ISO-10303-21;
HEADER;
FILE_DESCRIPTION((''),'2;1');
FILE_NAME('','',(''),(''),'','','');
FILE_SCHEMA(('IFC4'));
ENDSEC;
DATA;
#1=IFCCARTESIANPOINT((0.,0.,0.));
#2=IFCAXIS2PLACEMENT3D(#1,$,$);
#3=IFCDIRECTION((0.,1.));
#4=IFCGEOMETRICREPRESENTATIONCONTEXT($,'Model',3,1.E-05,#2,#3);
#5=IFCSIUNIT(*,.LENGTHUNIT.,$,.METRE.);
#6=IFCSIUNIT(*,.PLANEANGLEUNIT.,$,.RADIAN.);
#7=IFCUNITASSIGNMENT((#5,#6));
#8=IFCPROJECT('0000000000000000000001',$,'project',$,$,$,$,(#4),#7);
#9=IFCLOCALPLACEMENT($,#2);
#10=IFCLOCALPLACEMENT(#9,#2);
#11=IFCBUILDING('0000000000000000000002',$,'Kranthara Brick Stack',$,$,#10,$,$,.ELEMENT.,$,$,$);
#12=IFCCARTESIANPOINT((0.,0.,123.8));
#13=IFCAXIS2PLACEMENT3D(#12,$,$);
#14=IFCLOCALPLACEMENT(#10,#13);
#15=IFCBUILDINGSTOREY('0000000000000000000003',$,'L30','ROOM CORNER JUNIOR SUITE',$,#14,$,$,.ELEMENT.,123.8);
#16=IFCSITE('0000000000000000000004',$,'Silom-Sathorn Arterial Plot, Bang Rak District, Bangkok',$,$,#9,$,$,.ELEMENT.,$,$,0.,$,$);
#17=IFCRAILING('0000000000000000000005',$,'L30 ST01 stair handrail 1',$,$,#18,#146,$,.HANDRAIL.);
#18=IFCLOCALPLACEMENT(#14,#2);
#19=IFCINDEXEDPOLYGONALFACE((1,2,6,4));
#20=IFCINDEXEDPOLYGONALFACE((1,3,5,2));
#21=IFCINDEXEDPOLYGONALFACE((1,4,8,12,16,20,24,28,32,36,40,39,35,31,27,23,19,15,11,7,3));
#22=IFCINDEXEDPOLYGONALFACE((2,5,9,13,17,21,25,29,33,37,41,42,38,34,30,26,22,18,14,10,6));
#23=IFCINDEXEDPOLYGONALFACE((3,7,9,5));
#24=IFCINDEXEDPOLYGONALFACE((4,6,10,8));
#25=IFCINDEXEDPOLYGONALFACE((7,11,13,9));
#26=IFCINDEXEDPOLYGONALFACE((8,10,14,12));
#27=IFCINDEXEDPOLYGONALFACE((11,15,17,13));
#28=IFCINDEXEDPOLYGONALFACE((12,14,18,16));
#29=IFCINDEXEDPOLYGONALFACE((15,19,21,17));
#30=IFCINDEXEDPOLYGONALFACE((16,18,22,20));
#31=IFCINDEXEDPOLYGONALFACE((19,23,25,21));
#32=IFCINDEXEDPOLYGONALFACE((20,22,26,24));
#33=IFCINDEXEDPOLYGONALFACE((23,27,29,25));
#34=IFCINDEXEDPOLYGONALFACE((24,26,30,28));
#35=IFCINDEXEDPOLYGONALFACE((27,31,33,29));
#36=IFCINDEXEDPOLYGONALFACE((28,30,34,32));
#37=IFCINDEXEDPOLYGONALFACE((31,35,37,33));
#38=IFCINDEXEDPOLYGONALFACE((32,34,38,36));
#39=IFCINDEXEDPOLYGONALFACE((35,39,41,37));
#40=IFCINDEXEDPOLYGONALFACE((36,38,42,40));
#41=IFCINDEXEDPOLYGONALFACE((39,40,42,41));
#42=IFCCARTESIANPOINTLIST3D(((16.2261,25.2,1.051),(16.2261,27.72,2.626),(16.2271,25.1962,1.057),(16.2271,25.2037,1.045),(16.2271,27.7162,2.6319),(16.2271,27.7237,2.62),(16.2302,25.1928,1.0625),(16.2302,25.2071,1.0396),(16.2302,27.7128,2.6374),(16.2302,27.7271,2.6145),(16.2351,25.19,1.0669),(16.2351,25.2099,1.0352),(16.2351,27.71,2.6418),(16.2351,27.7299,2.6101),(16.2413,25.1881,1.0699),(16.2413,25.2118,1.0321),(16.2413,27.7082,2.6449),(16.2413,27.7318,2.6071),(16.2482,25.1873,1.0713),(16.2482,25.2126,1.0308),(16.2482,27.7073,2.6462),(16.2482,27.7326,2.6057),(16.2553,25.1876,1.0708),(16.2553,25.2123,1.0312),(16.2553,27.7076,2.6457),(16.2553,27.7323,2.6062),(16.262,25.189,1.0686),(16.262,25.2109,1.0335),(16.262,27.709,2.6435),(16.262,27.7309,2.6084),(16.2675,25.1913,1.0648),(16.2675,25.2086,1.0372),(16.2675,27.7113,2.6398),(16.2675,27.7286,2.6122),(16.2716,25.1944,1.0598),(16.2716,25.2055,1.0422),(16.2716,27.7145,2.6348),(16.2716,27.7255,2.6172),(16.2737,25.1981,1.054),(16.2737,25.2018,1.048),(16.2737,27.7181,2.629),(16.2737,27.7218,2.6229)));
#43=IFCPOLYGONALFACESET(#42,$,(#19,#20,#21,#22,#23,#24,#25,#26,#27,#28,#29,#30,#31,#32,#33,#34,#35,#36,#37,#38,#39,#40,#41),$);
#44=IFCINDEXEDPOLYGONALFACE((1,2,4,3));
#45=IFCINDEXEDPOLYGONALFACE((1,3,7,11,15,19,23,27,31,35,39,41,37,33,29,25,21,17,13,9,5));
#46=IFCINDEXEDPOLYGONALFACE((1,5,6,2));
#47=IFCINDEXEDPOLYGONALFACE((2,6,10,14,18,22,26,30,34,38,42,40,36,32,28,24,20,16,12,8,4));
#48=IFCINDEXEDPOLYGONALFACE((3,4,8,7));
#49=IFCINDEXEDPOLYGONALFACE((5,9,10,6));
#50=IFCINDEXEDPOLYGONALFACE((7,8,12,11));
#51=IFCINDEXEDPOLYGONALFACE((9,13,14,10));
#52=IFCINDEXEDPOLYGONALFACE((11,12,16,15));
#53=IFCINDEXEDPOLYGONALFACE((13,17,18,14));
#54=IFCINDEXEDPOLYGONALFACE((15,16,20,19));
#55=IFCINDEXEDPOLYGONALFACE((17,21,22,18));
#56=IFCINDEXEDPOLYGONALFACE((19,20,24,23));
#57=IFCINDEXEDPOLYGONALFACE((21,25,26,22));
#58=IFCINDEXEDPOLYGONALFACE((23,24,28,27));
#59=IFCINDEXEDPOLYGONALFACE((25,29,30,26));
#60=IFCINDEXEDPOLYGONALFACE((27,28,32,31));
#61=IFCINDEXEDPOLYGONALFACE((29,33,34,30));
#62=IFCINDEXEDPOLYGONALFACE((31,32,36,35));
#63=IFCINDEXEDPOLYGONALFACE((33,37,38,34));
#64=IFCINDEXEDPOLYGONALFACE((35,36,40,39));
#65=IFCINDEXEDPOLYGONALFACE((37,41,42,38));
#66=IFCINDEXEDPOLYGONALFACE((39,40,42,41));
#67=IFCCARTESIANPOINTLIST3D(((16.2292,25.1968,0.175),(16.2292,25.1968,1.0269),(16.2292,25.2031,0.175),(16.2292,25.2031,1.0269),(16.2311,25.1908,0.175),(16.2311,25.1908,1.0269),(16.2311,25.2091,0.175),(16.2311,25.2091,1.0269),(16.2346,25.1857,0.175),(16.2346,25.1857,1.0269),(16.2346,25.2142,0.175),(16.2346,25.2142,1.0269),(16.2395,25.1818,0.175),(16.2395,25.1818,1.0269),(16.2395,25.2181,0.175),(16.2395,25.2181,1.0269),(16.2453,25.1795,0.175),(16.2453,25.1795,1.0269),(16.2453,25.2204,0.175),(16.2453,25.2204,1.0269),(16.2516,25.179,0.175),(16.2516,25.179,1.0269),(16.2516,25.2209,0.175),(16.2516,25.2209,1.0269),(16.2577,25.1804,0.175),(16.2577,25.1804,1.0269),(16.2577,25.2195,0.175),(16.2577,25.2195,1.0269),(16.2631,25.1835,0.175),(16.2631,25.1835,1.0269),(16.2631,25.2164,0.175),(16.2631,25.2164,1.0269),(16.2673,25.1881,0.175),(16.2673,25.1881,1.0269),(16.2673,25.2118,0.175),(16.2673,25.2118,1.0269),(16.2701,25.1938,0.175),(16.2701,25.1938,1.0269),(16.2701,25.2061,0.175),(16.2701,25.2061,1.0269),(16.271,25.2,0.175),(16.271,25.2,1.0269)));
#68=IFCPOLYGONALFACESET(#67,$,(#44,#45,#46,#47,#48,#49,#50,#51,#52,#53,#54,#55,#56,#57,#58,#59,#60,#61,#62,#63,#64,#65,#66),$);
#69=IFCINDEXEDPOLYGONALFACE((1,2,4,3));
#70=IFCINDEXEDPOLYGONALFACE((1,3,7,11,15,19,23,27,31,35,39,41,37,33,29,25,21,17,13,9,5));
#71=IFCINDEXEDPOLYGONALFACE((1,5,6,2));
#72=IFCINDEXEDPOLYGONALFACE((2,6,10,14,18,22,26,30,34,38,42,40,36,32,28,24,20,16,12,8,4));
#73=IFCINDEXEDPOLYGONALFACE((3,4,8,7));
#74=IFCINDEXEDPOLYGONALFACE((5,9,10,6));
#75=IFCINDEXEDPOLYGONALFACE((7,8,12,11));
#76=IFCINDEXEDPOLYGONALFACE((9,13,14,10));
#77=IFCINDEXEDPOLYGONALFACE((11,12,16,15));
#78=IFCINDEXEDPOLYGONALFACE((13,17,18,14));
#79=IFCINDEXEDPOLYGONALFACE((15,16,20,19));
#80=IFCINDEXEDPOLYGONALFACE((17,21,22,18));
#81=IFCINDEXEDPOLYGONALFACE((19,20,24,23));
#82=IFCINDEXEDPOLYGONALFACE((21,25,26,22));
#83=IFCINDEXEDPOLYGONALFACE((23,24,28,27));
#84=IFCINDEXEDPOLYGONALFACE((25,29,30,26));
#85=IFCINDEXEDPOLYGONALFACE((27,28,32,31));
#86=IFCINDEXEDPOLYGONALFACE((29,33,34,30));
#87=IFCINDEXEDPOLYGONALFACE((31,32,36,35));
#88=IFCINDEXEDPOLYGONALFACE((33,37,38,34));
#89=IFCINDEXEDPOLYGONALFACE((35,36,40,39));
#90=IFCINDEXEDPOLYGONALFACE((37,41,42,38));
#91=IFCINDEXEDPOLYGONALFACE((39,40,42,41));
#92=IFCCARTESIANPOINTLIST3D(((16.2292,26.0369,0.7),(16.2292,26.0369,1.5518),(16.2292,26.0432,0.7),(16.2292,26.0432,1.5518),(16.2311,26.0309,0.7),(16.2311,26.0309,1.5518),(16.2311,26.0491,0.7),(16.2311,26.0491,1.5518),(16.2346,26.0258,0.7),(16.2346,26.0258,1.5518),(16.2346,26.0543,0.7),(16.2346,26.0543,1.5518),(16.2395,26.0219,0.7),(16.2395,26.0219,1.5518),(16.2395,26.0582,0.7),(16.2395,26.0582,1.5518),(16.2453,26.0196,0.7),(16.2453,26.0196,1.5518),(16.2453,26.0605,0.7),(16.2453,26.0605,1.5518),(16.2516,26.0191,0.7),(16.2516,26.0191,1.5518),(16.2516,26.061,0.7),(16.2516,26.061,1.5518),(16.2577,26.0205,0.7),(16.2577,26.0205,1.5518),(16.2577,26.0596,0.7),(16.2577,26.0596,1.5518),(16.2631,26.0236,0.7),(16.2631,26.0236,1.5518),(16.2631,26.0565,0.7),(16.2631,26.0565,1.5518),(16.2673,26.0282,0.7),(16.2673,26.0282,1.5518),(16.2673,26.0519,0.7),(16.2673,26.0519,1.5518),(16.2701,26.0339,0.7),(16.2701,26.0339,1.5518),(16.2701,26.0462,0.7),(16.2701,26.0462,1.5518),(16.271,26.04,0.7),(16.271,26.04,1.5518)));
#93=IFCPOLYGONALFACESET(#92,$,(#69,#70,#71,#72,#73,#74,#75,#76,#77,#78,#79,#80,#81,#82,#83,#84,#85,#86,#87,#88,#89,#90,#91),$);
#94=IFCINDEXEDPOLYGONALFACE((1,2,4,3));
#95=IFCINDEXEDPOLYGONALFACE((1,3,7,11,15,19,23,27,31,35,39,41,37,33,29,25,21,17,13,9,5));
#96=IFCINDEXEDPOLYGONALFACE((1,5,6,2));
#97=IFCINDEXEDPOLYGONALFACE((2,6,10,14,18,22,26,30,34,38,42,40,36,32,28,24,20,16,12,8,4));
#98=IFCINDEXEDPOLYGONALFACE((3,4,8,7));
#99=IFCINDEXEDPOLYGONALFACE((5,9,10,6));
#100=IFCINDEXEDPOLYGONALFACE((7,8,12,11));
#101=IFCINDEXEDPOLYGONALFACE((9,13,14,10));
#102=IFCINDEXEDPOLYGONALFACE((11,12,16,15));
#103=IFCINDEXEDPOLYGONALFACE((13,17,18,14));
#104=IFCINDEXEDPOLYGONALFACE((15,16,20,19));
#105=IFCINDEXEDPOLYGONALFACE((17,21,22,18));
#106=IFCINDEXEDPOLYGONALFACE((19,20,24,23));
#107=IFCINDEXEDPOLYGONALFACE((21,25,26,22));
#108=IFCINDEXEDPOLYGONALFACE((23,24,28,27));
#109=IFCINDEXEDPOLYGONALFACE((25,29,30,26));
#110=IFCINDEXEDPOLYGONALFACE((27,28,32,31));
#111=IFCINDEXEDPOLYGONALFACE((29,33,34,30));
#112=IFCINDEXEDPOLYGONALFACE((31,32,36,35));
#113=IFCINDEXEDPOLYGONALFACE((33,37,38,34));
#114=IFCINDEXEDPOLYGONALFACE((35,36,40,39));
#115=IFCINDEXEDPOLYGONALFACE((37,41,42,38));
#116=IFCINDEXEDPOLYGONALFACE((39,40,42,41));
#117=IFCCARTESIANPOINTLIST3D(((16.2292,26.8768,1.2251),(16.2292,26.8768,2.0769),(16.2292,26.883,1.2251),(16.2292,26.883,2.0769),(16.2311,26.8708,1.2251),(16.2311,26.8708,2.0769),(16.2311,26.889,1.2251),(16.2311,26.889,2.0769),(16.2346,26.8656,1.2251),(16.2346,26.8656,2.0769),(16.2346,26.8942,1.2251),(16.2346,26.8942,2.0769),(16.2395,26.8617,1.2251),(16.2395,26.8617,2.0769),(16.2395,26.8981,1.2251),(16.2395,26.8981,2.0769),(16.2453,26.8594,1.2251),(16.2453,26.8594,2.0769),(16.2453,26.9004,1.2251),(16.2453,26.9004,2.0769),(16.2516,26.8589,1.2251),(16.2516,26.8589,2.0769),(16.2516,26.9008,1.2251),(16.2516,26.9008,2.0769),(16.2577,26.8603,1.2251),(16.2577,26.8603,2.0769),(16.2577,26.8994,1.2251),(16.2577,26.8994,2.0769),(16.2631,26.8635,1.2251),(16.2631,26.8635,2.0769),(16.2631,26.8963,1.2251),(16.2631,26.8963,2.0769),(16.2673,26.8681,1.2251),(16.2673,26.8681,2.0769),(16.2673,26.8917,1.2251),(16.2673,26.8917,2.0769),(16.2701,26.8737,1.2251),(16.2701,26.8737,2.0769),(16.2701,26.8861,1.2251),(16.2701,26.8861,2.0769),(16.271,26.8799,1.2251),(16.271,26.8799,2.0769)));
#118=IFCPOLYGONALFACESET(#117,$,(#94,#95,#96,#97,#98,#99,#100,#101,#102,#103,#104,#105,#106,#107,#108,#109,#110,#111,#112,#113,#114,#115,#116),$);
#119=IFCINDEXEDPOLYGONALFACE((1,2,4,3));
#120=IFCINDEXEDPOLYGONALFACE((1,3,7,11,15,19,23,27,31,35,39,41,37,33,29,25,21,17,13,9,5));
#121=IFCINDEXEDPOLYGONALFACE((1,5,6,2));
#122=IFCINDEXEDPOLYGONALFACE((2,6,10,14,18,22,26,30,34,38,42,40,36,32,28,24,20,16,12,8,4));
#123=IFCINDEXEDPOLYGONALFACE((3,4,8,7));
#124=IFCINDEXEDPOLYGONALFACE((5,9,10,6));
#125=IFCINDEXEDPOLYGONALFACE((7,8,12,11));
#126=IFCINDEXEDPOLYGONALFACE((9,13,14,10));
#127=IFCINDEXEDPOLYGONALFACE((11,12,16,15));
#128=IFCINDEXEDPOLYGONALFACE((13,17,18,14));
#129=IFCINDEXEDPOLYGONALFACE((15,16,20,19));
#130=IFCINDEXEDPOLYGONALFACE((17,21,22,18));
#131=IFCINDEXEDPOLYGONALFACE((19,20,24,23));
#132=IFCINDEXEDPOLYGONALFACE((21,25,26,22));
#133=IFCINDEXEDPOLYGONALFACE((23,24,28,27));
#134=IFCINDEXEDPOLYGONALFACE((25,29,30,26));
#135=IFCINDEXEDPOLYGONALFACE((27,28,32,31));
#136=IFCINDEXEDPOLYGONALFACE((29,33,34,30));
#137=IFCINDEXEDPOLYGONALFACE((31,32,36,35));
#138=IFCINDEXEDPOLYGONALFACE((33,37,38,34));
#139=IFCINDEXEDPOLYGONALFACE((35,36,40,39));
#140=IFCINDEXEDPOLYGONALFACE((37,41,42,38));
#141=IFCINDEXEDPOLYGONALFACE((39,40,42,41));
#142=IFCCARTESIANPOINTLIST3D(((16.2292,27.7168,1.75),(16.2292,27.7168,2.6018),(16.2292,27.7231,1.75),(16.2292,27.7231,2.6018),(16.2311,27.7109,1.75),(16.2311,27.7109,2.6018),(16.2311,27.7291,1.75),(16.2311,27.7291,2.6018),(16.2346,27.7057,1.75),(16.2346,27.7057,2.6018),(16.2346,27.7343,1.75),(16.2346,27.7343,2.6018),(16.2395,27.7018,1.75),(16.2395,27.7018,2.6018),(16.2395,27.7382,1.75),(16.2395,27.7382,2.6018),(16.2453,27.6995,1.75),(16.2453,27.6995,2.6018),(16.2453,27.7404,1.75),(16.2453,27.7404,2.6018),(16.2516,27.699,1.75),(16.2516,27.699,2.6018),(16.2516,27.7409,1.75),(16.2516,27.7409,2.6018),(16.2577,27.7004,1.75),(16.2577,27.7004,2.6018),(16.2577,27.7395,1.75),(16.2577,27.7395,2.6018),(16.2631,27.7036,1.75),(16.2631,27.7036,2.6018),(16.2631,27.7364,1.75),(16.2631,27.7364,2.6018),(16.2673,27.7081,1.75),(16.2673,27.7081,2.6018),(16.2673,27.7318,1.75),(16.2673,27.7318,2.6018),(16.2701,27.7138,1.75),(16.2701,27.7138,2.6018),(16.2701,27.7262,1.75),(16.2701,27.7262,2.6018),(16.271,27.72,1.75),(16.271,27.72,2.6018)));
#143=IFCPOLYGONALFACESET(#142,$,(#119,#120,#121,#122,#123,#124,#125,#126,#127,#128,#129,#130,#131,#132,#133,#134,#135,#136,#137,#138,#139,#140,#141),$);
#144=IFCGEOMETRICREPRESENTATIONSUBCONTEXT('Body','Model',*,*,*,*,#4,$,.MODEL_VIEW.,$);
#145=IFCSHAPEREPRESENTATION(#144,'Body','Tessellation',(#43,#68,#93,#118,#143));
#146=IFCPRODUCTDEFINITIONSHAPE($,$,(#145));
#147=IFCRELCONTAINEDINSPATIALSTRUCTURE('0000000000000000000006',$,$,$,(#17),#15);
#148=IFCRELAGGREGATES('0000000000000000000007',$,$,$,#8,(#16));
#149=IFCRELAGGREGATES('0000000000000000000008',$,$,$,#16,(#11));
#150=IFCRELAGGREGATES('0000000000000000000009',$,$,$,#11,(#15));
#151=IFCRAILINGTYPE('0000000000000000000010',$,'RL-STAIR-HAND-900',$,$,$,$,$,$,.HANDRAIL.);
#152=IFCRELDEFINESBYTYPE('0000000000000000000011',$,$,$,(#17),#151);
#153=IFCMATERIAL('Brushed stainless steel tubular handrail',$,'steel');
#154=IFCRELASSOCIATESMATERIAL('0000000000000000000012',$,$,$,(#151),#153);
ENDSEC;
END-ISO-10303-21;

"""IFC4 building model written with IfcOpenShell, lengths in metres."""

from ifc_helpers import new_model, si_unit, direction, frame, origin, origin_2d, place, context, subcontext, project, spatial, circle, extrude, material, type_object, element, save


model = new_model("IFC4")

# Units and contexts
model_context = context("Model", 3, precision=1e-05, world=origin(), true_north=direction((0.0, 1.0)))
body_context = subcontext(model_context, "Body", "Model", "MODEL_VIEW")
ifc_project = project(units=[si_unit("LENGTHUNIT", "METRE"), si_unit("PLANEANGLEUNIT", "RADIAN")], contexts=[model_context])

# Site, building, storey
site_placement = place(None, origin())
site = spatial("IfcSite", under=ifc_project, at=site_placement, Name="Silom-Sathorn Arterial Plot, Bang Rak District, Bangkok", CompositionType="ELEMENT", RefElevation=0.0)
building_placement = place(site_placement, origin())
building = spatial("IfcBuilding", under=site, at=building_placement, Name="Kranthara Brick Stack", CompositionType="ELEMENT")
storey_placement = place(building_placement, frame((0.0, 0.0, 123.8)))
storey = spatial("IfcBuildingStorey", under=building, at=storey_placement, Name="L30", Description="ROOM CORNER JUNIOR SUITE", CompositionType="ELEMENT", Elevation=123.8)

# Railing
ifc_material_1 = material(Name="Brushed stainless steel tubular handrail", Category="steel")
railing_type_1 = type_object("IfcRailingType", Name="RL-STAIR-HAND-900", PredefinedType="HANDRAIL", material=ifc_material_1)
railing_1_placement = place(storey_placement, frame((16.25, 25.2, 0.175)))
element("IfcRailing", 1, at=railing_1_placement, inside=storey, type_object=railing_type_1, Name="L30 ST01 stair handrail 1", PredefinedType="HANDRAIL", context=body_context, shape_type="SweptSolid", body=[
    extrude(circle(Radius=0.0239, at=origin_2d()), frame((0.0, 0.0, 0.876), z_axis=(0.0, 0.848008, 0.529984), x_axis=(-1.0, 0.0, 0.0)), (0.0, 0.0, 1.0), 2.9717),
    extrude(circle(Radius=0.021, at=origin_2d()), origin(), (0.0, 0.0, 1.0), 0.8518),
    extrude(circle(Radius=0.021, at=origin_2d()), frame((0.0, 0.8401, 0.5249)), (0.0, 0.0, 1.0), 0.8518),
    extrude(circle(Radius=0.021, at=origin_2d()), frame((0.0, 1.6799, 1.05)), (0.0, 0.0, 1.0), 0.8518),
    extrude(circle(Radius=0.021, at=origin_2d()), frame((0.0, 2.52, 1.575)), (0.0, 0.0, 1.0), 0.8518),
])

save(model, "model.ifc")
